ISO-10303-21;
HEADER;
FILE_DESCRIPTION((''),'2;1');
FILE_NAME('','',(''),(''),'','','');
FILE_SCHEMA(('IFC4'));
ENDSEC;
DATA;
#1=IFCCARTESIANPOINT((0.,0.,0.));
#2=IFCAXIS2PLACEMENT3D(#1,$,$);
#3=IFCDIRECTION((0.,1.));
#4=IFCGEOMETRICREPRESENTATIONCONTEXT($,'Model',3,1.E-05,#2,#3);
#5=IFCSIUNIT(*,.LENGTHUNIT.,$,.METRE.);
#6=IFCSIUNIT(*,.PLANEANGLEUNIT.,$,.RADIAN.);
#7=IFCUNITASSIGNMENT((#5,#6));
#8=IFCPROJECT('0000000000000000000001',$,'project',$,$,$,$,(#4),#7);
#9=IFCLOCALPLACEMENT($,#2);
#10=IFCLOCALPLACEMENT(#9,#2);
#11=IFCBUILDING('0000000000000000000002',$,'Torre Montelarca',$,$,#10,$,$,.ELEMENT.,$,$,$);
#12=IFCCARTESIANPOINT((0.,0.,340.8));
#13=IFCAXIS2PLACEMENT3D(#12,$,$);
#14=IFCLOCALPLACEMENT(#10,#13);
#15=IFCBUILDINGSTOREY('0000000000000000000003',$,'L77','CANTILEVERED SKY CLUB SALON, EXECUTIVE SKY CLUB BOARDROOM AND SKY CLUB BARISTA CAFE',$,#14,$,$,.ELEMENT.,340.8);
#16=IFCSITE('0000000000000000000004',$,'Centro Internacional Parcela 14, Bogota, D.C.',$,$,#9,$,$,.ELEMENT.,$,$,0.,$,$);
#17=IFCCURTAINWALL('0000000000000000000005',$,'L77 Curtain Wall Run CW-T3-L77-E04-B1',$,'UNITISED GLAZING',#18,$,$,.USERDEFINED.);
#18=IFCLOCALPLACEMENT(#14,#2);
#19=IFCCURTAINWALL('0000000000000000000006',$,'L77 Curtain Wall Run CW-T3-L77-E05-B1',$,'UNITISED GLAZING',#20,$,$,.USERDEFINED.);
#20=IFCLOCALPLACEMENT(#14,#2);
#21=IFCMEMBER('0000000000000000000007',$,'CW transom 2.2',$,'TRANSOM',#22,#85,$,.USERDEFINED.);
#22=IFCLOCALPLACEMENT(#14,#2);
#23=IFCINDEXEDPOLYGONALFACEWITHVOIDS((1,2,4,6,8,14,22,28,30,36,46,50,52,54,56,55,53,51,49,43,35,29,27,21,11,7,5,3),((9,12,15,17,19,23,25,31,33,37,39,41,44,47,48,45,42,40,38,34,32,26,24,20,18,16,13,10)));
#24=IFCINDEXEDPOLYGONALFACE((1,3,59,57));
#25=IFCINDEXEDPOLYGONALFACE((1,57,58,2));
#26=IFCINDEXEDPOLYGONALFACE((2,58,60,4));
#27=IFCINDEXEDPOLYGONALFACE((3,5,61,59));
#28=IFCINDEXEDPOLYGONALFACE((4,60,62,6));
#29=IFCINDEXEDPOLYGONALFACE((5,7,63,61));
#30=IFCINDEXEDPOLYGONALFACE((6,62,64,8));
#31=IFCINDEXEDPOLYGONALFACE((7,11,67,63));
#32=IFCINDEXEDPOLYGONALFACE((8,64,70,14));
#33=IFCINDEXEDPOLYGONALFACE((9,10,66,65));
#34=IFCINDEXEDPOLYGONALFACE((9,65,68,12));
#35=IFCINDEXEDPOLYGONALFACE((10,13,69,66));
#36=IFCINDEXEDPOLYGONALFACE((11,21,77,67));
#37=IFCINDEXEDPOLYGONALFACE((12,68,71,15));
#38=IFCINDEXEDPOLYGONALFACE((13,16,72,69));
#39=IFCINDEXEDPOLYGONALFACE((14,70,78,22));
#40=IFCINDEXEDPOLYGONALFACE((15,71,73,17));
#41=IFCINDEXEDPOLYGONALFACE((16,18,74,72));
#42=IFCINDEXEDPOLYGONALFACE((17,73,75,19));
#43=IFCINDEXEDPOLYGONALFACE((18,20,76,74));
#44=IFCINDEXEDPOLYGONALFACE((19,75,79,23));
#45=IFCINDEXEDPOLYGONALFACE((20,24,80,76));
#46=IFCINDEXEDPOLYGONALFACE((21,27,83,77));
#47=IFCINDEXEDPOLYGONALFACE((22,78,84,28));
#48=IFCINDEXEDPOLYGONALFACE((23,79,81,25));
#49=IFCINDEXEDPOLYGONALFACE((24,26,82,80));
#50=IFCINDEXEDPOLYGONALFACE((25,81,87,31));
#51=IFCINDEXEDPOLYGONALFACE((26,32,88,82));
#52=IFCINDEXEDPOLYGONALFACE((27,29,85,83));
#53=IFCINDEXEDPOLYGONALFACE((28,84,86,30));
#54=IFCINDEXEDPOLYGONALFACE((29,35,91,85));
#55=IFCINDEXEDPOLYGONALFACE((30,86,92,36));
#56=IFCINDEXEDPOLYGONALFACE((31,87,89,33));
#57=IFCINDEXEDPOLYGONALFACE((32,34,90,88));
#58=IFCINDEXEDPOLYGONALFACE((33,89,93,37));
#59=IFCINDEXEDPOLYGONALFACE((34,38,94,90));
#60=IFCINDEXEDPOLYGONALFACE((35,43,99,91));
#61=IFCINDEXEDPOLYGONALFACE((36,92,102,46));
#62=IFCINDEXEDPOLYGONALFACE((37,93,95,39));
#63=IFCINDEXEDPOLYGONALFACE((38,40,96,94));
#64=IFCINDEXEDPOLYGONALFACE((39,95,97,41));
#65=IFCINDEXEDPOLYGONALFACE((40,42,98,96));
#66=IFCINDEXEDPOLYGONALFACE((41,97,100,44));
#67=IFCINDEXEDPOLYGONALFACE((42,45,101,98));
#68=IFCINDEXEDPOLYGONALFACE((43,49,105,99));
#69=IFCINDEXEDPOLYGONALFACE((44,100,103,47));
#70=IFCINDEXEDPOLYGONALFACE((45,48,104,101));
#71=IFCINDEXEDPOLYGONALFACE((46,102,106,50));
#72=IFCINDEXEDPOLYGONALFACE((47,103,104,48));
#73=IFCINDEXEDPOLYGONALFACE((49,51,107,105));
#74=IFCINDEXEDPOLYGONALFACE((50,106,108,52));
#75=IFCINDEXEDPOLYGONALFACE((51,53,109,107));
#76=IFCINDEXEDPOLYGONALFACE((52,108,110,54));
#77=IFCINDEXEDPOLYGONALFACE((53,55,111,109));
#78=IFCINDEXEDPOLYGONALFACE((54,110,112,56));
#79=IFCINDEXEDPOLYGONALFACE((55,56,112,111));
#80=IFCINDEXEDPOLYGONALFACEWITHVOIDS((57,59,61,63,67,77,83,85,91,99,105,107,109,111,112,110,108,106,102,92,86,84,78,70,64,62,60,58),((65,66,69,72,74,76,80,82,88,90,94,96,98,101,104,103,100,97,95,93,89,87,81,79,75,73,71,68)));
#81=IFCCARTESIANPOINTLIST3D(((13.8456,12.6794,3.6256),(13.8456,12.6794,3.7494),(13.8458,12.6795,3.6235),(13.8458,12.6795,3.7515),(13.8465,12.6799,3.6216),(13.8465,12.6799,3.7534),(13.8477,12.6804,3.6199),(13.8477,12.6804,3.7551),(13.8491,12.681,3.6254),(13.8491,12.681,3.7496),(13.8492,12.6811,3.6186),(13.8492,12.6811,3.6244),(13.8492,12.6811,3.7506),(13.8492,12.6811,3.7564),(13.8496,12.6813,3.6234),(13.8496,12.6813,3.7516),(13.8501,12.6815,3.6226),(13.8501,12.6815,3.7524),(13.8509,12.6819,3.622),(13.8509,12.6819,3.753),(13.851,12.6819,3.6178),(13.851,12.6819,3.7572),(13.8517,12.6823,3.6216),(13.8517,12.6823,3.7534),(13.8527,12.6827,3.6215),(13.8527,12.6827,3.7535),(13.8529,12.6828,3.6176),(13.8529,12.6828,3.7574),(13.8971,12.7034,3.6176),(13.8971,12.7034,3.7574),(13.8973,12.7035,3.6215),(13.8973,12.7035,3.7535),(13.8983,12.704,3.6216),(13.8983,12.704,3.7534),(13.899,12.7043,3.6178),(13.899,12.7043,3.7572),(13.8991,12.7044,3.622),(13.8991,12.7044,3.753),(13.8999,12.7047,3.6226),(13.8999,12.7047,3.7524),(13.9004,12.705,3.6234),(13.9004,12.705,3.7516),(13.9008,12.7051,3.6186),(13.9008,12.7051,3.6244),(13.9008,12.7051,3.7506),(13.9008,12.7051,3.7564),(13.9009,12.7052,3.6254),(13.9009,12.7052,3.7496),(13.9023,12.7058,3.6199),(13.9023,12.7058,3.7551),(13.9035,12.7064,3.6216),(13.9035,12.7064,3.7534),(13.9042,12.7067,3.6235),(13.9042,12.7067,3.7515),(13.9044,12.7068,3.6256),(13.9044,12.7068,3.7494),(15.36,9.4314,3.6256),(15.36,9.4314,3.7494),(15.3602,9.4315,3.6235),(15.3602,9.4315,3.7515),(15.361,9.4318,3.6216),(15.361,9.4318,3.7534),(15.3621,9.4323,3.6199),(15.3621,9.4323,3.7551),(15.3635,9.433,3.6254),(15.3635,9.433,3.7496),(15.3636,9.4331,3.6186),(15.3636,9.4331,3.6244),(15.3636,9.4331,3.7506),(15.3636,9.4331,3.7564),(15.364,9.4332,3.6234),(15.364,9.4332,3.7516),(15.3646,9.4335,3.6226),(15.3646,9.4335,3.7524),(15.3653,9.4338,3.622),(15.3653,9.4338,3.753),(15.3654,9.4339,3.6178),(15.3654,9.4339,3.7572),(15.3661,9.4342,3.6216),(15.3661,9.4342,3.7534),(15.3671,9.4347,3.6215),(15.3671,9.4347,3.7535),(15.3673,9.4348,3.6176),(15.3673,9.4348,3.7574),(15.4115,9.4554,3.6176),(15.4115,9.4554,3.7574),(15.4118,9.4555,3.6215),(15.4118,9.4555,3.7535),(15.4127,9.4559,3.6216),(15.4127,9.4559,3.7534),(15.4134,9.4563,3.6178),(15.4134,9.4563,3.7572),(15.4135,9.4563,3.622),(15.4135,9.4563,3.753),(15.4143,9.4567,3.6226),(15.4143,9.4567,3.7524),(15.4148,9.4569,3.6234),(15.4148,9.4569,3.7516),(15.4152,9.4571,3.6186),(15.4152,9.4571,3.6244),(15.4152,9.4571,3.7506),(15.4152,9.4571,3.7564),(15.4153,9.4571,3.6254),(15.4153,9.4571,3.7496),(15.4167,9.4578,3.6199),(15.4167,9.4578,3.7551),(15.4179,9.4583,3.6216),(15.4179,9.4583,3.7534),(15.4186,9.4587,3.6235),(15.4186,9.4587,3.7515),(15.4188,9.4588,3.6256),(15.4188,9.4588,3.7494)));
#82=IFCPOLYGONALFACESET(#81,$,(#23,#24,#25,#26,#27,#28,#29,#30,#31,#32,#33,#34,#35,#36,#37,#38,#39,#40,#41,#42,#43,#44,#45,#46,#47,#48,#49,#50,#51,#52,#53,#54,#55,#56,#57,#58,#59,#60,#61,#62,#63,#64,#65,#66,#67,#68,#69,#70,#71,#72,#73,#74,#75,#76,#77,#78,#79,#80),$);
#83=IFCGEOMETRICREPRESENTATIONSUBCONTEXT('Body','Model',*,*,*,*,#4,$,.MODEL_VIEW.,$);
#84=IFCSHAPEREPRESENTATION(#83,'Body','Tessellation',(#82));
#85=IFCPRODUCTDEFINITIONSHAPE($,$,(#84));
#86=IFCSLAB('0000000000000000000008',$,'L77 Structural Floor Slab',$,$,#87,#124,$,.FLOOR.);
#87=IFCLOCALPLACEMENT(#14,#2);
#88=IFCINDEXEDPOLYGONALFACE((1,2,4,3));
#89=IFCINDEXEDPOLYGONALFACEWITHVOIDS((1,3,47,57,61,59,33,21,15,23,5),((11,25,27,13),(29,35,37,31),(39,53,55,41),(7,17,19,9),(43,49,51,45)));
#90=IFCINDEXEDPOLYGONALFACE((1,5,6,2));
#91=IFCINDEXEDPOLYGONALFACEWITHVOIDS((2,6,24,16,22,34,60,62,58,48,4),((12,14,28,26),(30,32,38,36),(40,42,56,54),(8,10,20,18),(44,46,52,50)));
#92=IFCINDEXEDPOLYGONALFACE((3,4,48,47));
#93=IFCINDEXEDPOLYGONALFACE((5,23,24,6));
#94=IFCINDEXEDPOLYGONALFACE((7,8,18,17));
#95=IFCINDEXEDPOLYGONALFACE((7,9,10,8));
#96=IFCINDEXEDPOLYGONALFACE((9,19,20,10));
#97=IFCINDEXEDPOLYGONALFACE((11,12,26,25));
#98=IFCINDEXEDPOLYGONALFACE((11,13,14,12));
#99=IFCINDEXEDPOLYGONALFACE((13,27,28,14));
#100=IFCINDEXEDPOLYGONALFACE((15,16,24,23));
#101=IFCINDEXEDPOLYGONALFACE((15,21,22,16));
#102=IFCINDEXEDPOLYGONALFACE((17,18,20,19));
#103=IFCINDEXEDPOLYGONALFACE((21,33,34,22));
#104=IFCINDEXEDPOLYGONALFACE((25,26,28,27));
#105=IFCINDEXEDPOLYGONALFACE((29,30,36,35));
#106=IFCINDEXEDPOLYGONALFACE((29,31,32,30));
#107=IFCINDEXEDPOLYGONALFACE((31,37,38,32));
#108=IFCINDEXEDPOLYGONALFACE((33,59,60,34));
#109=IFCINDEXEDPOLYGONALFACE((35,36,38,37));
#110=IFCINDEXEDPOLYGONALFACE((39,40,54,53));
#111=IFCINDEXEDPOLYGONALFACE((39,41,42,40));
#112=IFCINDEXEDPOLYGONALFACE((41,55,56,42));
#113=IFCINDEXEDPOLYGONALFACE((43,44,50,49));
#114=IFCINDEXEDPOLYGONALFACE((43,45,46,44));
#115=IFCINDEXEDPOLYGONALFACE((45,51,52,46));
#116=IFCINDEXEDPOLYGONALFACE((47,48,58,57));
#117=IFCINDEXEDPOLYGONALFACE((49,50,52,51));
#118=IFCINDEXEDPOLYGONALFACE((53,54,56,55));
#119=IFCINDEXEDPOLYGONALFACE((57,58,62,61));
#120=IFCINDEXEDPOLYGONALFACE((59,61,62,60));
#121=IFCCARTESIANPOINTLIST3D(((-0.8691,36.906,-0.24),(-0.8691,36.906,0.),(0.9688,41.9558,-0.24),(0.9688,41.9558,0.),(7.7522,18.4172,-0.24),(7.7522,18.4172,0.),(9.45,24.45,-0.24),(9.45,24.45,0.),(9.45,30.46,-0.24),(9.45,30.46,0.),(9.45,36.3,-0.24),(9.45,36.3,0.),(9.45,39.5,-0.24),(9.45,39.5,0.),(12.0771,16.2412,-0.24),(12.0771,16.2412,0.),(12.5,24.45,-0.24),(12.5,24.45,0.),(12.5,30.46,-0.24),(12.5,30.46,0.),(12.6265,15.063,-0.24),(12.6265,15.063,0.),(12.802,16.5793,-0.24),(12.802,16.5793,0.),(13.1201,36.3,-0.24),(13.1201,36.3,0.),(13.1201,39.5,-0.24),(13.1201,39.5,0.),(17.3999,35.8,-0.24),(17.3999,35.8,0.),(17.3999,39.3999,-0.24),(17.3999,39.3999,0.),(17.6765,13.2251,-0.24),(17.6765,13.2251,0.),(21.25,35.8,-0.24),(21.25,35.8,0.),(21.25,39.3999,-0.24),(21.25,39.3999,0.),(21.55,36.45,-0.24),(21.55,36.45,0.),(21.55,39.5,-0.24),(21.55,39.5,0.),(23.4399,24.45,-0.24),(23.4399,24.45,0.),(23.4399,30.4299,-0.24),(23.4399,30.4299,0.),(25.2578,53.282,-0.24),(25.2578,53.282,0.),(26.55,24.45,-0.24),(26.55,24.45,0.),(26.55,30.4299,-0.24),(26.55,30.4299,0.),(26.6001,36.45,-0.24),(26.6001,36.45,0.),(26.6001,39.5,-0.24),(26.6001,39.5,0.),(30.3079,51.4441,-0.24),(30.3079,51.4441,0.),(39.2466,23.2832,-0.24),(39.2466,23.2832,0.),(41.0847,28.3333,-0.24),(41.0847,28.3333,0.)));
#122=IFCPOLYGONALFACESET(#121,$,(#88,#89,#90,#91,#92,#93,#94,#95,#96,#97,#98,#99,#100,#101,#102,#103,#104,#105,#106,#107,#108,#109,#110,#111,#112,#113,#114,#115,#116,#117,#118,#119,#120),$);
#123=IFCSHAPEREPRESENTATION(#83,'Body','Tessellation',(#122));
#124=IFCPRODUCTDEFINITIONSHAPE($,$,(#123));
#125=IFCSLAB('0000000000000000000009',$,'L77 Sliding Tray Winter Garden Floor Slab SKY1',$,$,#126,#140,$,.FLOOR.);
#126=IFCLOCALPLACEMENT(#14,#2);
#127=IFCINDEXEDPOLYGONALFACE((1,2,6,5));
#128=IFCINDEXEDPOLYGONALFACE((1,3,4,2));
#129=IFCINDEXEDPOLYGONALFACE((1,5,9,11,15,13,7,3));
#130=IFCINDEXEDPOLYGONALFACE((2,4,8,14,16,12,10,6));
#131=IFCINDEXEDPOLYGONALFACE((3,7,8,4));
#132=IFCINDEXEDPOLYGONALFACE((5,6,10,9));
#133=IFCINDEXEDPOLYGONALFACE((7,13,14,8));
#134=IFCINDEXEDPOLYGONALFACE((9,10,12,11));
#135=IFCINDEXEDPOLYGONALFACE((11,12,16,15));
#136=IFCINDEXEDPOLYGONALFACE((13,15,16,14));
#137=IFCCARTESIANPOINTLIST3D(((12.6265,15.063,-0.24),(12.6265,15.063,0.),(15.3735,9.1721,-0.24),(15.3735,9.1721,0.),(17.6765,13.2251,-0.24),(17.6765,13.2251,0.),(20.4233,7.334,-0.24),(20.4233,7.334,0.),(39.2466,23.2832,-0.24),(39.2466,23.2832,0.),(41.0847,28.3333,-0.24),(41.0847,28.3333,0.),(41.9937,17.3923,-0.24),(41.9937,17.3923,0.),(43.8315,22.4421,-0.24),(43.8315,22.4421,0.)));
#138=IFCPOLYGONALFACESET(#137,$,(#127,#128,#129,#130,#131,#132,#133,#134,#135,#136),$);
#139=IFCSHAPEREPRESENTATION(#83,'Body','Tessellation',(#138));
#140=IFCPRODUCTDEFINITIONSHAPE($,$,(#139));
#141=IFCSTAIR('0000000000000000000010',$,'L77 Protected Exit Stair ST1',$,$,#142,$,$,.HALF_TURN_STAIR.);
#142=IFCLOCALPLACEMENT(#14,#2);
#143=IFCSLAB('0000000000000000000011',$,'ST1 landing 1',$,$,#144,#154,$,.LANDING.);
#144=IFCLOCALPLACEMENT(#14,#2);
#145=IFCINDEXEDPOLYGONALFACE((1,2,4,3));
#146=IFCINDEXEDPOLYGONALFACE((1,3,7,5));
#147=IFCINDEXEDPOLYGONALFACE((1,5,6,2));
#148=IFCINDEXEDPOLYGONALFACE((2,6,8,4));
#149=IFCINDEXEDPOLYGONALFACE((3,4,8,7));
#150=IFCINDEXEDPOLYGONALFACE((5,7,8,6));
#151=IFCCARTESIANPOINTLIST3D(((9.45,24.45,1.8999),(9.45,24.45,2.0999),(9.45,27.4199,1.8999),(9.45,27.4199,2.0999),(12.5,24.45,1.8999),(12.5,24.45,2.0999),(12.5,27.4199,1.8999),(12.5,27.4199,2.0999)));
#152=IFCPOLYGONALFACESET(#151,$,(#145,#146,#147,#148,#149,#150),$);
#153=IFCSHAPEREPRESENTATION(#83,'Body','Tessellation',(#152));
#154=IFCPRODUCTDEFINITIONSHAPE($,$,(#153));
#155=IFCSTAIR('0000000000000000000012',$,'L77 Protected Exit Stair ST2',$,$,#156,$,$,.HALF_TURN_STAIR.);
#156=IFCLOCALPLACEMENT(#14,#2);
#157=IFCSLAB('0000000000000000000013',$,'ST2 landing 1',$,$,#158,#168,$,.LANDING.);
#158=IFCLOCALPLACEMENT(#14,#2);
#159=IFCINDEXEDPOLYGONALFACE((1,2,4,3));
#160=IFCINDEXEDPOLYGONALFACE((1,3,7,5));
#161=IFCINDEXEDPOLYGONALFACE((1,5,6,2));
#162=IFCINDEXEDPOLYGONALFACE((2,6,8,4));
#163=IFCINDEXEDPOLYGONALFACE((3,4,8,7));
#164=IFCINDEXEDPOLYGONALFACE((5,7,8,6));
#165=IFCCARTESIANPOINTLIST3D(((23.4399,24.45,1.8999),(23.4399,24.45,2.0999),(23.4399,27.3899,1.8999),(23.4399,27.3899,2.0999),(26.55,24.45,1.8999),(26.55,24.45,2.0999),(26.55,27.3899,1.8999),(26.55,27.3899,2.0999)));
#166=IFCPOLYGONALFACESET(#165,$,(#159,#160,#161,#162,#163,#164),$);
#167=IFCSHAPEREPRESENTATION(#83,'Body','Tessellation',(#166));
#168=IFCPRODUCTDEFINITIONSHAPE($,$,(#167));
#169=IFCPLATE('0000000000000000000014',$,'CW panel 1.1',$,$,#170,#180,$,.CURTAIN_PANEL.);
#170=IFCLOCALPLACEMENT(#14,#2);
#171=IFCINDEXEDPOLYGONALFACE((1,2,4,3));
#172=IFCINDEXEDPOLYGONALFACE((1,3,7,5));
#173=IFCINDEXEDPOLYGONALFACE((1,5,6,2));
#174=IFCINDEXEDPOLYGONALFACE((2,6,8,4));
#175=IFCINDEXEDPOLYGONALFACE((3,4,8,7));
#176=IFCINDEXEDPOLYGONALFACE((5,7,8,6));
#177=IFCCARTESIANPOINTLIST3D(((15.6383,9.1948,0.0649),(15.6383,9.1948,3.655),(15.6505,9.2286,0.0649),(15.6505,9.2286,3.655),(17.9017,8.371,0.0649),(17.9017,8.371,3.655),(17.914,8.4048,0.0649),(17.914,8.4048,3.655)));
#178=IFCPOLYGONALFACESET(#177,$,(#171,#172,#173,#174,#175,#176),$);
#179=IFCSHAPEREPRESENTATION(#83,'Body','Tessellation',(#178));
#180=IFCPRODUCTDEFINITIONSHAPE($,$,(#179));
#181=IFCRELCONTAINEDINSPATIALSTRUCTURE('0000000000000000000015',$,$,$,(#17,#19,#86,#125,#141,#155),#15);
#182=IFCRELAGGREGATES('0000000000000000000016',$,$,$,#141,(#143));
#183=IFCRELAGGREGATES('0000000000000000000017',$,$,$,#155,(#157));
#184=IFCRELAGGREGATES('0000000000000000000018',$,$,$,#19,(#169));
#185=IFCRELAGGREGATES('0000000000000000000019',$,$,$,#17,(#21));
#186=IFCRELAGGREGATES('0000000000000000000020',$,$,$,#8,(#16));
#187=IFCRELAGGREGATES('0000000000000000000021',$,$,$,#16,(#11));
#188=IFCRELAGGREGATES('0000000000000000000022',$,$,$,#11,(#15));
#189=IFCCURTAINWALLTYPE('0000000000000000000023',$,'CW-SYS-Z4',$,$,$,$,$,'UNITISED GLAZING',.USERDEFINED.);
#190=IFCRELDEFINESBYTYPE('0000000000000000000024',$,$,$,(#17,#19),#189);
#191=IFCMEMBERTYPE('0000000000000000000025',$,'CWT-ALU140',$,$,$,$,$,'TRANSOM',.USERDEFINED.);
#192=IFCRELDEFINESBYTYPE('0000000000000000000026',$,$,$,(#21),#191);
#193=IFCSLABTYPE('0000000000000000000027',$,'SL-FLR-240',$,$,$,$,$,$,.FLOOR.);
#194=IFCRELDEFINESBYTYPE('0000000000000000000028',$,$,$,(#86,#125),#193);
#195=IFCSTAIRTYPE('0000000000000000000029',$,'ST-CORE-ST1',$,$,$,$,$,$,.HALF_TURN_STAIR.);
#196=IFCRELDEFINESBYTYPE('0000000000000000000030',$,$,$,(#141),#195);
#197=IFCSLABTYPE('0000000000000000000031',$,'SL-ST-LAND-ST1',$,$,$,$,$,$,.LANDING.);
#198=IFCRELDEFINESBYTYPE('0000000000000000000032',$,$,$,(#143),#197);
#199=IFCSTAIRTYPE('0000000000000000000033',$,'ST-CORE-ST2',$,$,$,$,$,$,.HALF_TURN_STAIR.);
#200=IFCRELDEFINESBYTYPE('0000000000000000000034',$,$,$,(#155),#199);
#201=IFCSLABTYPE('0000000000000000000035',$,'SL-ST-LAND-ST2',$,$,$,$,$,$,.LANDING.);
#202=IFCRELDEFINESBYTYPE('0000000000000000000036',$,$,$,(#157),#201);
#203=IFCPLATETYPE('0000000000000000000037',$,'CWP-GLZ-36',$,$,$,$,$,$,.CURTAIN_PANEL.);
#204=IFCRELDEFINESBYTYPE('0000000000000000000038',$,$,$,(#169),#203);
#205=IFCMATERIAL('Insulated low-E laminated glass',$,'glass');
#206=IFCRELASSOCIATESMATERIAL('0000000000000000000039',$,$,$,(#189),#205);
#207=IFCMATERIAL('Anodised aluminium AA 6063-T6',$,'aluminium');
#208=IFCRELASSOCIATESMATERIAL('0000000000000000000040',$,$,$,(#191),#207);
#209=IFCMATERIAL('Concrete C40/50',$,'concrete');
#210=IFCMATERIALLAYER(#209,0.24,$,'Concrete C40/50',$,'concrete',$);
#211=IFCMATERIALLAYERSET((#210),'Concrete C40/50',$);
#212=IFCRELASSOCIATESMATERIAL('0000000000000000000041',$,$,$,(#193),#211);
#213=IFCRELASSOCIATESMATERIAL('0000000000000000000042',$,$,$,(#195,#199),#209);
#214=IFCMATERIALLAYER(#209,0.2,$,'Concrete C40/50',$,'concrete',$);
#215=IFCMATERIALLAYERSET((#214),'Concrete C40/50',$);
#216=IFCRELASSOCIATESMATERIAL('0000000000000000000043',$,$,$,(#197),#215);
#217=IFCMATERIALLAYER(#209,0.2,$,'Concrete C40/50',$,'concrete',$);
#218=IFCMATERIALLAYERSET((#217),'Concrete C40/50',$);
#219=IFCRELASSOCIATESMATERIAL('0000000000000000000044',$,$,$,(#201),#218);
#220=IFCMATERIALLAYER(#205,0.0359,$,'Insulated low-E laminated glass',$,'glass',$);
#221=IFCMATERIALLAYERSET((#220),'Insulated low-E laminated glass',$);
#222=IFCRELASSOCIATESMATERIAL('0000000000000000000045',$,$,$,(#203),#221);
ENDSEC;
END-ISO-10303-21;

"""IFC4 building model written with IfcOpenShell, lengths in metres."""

from ifc_helpers import new_model, si_unit, direction, frame, origin, origin_2d, place, context, subcontext, project, spatial, polyline, rectangle, hollow_rectangle, outline, extrude, source, transform, mapped, material, layer, layer_set, material_profile, profile_set, type_object, element, aggregate, save


model = new_model("IFC4")

# Units and contexts
model_context = context("Model", 3, precision=1e-05, world=origin(), true_north=direction((0.0, 1.0)))
body_context = subcontext(model_context, "Body", "Model", "MODEL_VIEW")
ifc_project = project(units=[si_unit("LENGTHUNIT", "METRE"), si_unit("PLANEANGLEUNIT", "RADIAN")], contexts=[model_context])

# Site, building, storey
site_placement = place(None, origin())
site = spatial("IfcSite", under=ifc_project, at=site_placement, Name="Centro Internacional Parcela 14, Bogota, D.C.", CompositionType="ELEMENT", RefElevation=0.0)
building_placement = place(site_placement, origin())
building = spatial("IfcBuilding", under=site, at=building_placement, Name="Torre Montelarca", CompositionType="ELEMENT")
storey_placement = place(building_placement, frame((0.0, 0.0, 340.8)))
storey = spatial("IfcBuildingStorey", under=building, at=storey_placement, Name="L77", Description="CANTILEVERED SKY CLUB SALON, EXECUTIVE SKY CLUB BOARDROOM AND SKY CLUB BARISTA CAFE", CompositionType="ELEMENT", Elevation=340.8)

# Shared definitions
ifc_material_1 = material(Name="Insulated low-E laminated glass", Category="glass")
curtain_wall_type = type_object("IfcCurtainWallType", Name="CW-SYS-Z4", ElementType="UNITISED GLAZING", PredefinedType="USERDEFINED", material=ifc_material_1)
ifc_material_2 = material(Name="Anodised aluminium AA 6063-T6", Category="aluminium")

# Curtain walls
curtain_wall_1_placement = place(storey_placement, origin())
curtain_wall_1 = element("IfcCurtainWall", 1, at=curtain_wall_1_placement, inside=storey, type_object=curtain_wall_type, Name="L77 Curtain Wall Run CW-T3-L77-E04-B1", ObjectType="UNITISED GLAZING", PredefinedType="USERDEFINED")
curtain_wall_2_placement = place(storey_placement, origin())
curtain_wall_2 = element("IfcCurtainWall", 2, at=curtain_wall_2_placement, inside=storey, type_object=curtain_wall_type, Name="L77 Curtain Wall Run CW-T3-L77-E05-B1", ObjectType="UNITISED GLAZING", PredefinedType="USERDEFINED")
ifc_material_profile_1 = material_profile(ifc_material_2, hollow_rectangle(XDim=0.0649, YDim=0.1399, WallThickness=0.0039, InnerFilletRadius=0.0039, OuterFilletRadius=0.0081, at=origin_2d()), Name="ALU65X140X4", Category="aluminium")
ifc_profile_set_1 = profile_set([ifc_material_profile_1], Name="Anodised aluminium AA 6063-T6")
member_type_1 = type_object("IfcMemberType", Name="CWT-ALU140", ElementType="TRANSOM", PredefinedType="USERDEFINED", material=ifc_profile_set_1)

# Member
shared_shape_1 = source(origin(), body_context, "Body", "SweptSolid", [
    extrude(hollow_rectangle(XDim=0.0649, YDim=0.1399, WallThickness=0.0039, InnerFilletRadius=0.0039, OuterFilletRadius=0.0081, at=origin_2d()), origin(), (0.0, 0.0, 1.0), 3.5837),
])
member_1_placement = place(storey_placement, frame((13.875, 12.6931, 3.6875), z_axis=(0.422576, -0.906328, 0.0), x_axis=(0.906328, 0.422576, 0.0)))
member_1 = element("IfcMember", 3, at=member_1_placement, type_object=member_type_1, Name="CW transom 2.2", ObjectType="TRANSOM", PredefinedType="USERDEFINED", context=body_context, shape_type="MappedRepresentation", body=[
    mapped(shared_shape_1, transform((0.0, 0.0, 0.0), scale=1.0)),
])

# Slabs
ifc_material_3 = material(Name="Concrete C40/50", Category="concrete")
ifc_layer_1 = layer(ifc_material_3, 0.24, Name="Concrete C40/50", Category="concrete")
ifc_layer_set_1 = layer_set([ifc_layer_1], Name="Concrete C40/50")
slab_type_1 = type_object("IfcSlabType", Name="SL-FLR-240", PredefinedType="FLOOR", material=ifc_layer_set_1)
slab_1_placement = place(storey_placement, frame((0.0, 0.0, -0.24)))
element("IfcSlab", 4, at=slab_1_placement, inside=storey, type_object=slab_type_1, Name="L77 Structural Floor Slab", PredefinedType="FLOOR", context=body_context, shape_type="SweptSolid", body=[
    extrude(outline(polyline([(7.7522, 18.4172), (12.802, 16.5793), (12.0771, 16.2412), (12.6265, 15.063), (17.6765, 13.2251), (39.2466, 23.2832), (41.0847, 28.3333), (30.3079, 51.4441), (25.2578, 53.282), (0.9688, 41.9558), (-0.8691, 36.906), (7.7522, 18.4172)]), holes=[polyline([(26.55, 24.45), (23.4399, 24.45), (23.4399, 30.4299), (26.55, 30.4299), (26.55, 24.45)]), polyline([(12.5, 24.45), (9.45, 24.45), (9.45, 30.46), (12.5, 30.46), (12.5, 24.45)]), polyline([(21.25, 39.3999), (21.25, 35.8), (17.3999, 35.8), (17.3999, 39.3999), (21.25, 39.3999)]), polyline([(13.1201, 36.3), (9.45, 36.3), (9.45, 39.5), (13.1201, 39.5), (13.1201, 36.3)]), polyline([(26.6001, 36.45), (21.55, 36.45), (21.55, 39.5), (26.6001, 39.5), (26.6001, 36.45)])]), origin(), (0.0, 0.0, 1.0), 0.24),
])
slab_2_placement = place(storey_placement, frame((0.0, 0.0, -0.24)))
element("IfcSlab", 5, at=slab_2_placement, inside=storey, type_object=slab_type_1, Name="L77 Sliding Tray Winter Garden Floor Slab SKY1", PredefinedType="FLOOR", context=body_context, shape_type="SweptSolid", body=[
    extrude(outline(polyline([(41.0847, 28.3333), (39.2466, 23.2832), (17.6765, 13.2251), (12.6265, 15.063), (15.3735, 9.1721), (20.4233, 7.334), (41.9937, 17.3923), (43.8315, 22.4421), (41.0847, 28.3333)])), origin(), (0.0, 0.0, 1.0), 0.24),
])

# Stairs, slabs
stair_type_1 = type_object("IfcStairType", Name="ST-CORE-ST1", PredefinedType="HALF_TURN_STAIR", material=ifc_material_3)
stair_1_placement = place(storey_placement, origin())
stair_1 = element("IfcStair", 6, at=stair_1_placement, inside=storey, type_object=stair_type_1, Name="L77 Protected Exit Stair ST1", PredefinedType="HALF_TURN_STAIR")
ifc_layer_2 = layer(ifc_material_3, 0.2, Name="Concrete C40/50", Category="concrete")
ifc_layer_set_2 = layer_set([ifc_layer_2], Name="Concrete C40/50")
slab_type_2 = type_object("IfcSlabType", Name="SL-ST-LAND-ST1", PredefinedType="LANDING", material=ifc_layer_set_2)
slab_3_placement = place(storey_placement, frame((0.0, 0.0, 1.8999)))
slab_3 = element("IfcSlab", 7, at=slab_3_placement, type_object=slab_type_2, Name="ST1 landing 1", PredefinedType="LANDING", context=body_context, shape_type="SweptSolid", body=[
    extrude(outline(polyline([(9.45, 27.4199), (9.45, 24.45), (12.5, 24.45), (12.5, 27.4199), (9.45, 27.4199)])), origin(), (0.0, 0.0, 1.0), 0.2),
])
aggregate(stair_1, [slab_3])
stair_type_2 = type_object("IfcStairType", Name="ST-CORE-ST2", PredefinedType="HALF_TURN_STAIR", material=ifc_material_3)
stair_2_placement = place(storey_placement, origin())
stair_2 = element("IfcStair", 8, at=stair_2_placement, inside=storey, type_object=stair_type_2, Name="L77 Protected Exit Stair ST2", PredefinedType="HALF_TURN_STAIR")
ifc_layer_3 = layer(ifc_material_3, 0.2, Name="Concrete C40/50", Category="concrete")
ifc_layer_set_3 = layer_set([ifc_layer_3], Name="Concrete C40/50")
slab_type_3 = type_object("IfcSlabType", Name="SL-ST-LAND-ST2", PredefinedType="LANDING", material=ifc_layer_set_3)
slab_4_placement = place(storey_placement, frame((0.0, 0.0, 1.8999)))
slab_4 = element("IfcSlab", 9, at=slab_4_placement, type_object=slab_type_3, Name="ST2 landing 1", PredefinedType="LANDING", context=body_context, shape_type="SweptSolid", body=[
    extrude(outline(polyline([(23.4399, 27.3899), (23.4399, 24.45), (26.55, 24.45), (26.55, 27.3899), (23.4399, 27.3899)])), origin(), (0.0, 0.0, 1.0), 0.2),
])
aggregate(stair_2, [slab_4])

# Plate
ifc_layer_4 = layer(ifc_material_1, 0.0359, Name="Insulated low-E laminated glass", Category="glass")
ifc_layer_set_4 = layer_set([ifc_layer_4], Name="Insulated low-E laminated glass")
plate_type = type_object("IfcPlateType", Name="CWP-GLZ-36", PredefinedType="CURTAIN_PANEL", material=ifc_layer_set_4)
shared_shape_2 = source(origin(), body_context, "Body", "SweptSolid", [
    extrude(rectangle(XDim=2.4087, YDim=0.0359, at=origin_2d()), origin(), (0.0, 0.0, 1.0), 3.5901),
])
plate_1_placement = place(storey_placement, frame((16.7761, 8.7998, 0.0649), z_axis=(0.0, 0.0, 1.0), x_axis=(0.939694, -0.342015, 0.0)))
plate_1 = element("IfcPlate", 10, at=plate_1_placement, type_object=plate_type, Name="CW panel 1.1", PredefinedType="CURTAIN_PANEL", context=body_context, shape_type="MappedRepresentation", body=[
    mapped(shared_shape_2, transform((0.0, 0.0, 0.0), scale=1.0)),
])
aggregate(curtain_wall_2, [plate_1])
aggregate(curtain_wall_1, [member_1])

save(model, "model.ifc")
